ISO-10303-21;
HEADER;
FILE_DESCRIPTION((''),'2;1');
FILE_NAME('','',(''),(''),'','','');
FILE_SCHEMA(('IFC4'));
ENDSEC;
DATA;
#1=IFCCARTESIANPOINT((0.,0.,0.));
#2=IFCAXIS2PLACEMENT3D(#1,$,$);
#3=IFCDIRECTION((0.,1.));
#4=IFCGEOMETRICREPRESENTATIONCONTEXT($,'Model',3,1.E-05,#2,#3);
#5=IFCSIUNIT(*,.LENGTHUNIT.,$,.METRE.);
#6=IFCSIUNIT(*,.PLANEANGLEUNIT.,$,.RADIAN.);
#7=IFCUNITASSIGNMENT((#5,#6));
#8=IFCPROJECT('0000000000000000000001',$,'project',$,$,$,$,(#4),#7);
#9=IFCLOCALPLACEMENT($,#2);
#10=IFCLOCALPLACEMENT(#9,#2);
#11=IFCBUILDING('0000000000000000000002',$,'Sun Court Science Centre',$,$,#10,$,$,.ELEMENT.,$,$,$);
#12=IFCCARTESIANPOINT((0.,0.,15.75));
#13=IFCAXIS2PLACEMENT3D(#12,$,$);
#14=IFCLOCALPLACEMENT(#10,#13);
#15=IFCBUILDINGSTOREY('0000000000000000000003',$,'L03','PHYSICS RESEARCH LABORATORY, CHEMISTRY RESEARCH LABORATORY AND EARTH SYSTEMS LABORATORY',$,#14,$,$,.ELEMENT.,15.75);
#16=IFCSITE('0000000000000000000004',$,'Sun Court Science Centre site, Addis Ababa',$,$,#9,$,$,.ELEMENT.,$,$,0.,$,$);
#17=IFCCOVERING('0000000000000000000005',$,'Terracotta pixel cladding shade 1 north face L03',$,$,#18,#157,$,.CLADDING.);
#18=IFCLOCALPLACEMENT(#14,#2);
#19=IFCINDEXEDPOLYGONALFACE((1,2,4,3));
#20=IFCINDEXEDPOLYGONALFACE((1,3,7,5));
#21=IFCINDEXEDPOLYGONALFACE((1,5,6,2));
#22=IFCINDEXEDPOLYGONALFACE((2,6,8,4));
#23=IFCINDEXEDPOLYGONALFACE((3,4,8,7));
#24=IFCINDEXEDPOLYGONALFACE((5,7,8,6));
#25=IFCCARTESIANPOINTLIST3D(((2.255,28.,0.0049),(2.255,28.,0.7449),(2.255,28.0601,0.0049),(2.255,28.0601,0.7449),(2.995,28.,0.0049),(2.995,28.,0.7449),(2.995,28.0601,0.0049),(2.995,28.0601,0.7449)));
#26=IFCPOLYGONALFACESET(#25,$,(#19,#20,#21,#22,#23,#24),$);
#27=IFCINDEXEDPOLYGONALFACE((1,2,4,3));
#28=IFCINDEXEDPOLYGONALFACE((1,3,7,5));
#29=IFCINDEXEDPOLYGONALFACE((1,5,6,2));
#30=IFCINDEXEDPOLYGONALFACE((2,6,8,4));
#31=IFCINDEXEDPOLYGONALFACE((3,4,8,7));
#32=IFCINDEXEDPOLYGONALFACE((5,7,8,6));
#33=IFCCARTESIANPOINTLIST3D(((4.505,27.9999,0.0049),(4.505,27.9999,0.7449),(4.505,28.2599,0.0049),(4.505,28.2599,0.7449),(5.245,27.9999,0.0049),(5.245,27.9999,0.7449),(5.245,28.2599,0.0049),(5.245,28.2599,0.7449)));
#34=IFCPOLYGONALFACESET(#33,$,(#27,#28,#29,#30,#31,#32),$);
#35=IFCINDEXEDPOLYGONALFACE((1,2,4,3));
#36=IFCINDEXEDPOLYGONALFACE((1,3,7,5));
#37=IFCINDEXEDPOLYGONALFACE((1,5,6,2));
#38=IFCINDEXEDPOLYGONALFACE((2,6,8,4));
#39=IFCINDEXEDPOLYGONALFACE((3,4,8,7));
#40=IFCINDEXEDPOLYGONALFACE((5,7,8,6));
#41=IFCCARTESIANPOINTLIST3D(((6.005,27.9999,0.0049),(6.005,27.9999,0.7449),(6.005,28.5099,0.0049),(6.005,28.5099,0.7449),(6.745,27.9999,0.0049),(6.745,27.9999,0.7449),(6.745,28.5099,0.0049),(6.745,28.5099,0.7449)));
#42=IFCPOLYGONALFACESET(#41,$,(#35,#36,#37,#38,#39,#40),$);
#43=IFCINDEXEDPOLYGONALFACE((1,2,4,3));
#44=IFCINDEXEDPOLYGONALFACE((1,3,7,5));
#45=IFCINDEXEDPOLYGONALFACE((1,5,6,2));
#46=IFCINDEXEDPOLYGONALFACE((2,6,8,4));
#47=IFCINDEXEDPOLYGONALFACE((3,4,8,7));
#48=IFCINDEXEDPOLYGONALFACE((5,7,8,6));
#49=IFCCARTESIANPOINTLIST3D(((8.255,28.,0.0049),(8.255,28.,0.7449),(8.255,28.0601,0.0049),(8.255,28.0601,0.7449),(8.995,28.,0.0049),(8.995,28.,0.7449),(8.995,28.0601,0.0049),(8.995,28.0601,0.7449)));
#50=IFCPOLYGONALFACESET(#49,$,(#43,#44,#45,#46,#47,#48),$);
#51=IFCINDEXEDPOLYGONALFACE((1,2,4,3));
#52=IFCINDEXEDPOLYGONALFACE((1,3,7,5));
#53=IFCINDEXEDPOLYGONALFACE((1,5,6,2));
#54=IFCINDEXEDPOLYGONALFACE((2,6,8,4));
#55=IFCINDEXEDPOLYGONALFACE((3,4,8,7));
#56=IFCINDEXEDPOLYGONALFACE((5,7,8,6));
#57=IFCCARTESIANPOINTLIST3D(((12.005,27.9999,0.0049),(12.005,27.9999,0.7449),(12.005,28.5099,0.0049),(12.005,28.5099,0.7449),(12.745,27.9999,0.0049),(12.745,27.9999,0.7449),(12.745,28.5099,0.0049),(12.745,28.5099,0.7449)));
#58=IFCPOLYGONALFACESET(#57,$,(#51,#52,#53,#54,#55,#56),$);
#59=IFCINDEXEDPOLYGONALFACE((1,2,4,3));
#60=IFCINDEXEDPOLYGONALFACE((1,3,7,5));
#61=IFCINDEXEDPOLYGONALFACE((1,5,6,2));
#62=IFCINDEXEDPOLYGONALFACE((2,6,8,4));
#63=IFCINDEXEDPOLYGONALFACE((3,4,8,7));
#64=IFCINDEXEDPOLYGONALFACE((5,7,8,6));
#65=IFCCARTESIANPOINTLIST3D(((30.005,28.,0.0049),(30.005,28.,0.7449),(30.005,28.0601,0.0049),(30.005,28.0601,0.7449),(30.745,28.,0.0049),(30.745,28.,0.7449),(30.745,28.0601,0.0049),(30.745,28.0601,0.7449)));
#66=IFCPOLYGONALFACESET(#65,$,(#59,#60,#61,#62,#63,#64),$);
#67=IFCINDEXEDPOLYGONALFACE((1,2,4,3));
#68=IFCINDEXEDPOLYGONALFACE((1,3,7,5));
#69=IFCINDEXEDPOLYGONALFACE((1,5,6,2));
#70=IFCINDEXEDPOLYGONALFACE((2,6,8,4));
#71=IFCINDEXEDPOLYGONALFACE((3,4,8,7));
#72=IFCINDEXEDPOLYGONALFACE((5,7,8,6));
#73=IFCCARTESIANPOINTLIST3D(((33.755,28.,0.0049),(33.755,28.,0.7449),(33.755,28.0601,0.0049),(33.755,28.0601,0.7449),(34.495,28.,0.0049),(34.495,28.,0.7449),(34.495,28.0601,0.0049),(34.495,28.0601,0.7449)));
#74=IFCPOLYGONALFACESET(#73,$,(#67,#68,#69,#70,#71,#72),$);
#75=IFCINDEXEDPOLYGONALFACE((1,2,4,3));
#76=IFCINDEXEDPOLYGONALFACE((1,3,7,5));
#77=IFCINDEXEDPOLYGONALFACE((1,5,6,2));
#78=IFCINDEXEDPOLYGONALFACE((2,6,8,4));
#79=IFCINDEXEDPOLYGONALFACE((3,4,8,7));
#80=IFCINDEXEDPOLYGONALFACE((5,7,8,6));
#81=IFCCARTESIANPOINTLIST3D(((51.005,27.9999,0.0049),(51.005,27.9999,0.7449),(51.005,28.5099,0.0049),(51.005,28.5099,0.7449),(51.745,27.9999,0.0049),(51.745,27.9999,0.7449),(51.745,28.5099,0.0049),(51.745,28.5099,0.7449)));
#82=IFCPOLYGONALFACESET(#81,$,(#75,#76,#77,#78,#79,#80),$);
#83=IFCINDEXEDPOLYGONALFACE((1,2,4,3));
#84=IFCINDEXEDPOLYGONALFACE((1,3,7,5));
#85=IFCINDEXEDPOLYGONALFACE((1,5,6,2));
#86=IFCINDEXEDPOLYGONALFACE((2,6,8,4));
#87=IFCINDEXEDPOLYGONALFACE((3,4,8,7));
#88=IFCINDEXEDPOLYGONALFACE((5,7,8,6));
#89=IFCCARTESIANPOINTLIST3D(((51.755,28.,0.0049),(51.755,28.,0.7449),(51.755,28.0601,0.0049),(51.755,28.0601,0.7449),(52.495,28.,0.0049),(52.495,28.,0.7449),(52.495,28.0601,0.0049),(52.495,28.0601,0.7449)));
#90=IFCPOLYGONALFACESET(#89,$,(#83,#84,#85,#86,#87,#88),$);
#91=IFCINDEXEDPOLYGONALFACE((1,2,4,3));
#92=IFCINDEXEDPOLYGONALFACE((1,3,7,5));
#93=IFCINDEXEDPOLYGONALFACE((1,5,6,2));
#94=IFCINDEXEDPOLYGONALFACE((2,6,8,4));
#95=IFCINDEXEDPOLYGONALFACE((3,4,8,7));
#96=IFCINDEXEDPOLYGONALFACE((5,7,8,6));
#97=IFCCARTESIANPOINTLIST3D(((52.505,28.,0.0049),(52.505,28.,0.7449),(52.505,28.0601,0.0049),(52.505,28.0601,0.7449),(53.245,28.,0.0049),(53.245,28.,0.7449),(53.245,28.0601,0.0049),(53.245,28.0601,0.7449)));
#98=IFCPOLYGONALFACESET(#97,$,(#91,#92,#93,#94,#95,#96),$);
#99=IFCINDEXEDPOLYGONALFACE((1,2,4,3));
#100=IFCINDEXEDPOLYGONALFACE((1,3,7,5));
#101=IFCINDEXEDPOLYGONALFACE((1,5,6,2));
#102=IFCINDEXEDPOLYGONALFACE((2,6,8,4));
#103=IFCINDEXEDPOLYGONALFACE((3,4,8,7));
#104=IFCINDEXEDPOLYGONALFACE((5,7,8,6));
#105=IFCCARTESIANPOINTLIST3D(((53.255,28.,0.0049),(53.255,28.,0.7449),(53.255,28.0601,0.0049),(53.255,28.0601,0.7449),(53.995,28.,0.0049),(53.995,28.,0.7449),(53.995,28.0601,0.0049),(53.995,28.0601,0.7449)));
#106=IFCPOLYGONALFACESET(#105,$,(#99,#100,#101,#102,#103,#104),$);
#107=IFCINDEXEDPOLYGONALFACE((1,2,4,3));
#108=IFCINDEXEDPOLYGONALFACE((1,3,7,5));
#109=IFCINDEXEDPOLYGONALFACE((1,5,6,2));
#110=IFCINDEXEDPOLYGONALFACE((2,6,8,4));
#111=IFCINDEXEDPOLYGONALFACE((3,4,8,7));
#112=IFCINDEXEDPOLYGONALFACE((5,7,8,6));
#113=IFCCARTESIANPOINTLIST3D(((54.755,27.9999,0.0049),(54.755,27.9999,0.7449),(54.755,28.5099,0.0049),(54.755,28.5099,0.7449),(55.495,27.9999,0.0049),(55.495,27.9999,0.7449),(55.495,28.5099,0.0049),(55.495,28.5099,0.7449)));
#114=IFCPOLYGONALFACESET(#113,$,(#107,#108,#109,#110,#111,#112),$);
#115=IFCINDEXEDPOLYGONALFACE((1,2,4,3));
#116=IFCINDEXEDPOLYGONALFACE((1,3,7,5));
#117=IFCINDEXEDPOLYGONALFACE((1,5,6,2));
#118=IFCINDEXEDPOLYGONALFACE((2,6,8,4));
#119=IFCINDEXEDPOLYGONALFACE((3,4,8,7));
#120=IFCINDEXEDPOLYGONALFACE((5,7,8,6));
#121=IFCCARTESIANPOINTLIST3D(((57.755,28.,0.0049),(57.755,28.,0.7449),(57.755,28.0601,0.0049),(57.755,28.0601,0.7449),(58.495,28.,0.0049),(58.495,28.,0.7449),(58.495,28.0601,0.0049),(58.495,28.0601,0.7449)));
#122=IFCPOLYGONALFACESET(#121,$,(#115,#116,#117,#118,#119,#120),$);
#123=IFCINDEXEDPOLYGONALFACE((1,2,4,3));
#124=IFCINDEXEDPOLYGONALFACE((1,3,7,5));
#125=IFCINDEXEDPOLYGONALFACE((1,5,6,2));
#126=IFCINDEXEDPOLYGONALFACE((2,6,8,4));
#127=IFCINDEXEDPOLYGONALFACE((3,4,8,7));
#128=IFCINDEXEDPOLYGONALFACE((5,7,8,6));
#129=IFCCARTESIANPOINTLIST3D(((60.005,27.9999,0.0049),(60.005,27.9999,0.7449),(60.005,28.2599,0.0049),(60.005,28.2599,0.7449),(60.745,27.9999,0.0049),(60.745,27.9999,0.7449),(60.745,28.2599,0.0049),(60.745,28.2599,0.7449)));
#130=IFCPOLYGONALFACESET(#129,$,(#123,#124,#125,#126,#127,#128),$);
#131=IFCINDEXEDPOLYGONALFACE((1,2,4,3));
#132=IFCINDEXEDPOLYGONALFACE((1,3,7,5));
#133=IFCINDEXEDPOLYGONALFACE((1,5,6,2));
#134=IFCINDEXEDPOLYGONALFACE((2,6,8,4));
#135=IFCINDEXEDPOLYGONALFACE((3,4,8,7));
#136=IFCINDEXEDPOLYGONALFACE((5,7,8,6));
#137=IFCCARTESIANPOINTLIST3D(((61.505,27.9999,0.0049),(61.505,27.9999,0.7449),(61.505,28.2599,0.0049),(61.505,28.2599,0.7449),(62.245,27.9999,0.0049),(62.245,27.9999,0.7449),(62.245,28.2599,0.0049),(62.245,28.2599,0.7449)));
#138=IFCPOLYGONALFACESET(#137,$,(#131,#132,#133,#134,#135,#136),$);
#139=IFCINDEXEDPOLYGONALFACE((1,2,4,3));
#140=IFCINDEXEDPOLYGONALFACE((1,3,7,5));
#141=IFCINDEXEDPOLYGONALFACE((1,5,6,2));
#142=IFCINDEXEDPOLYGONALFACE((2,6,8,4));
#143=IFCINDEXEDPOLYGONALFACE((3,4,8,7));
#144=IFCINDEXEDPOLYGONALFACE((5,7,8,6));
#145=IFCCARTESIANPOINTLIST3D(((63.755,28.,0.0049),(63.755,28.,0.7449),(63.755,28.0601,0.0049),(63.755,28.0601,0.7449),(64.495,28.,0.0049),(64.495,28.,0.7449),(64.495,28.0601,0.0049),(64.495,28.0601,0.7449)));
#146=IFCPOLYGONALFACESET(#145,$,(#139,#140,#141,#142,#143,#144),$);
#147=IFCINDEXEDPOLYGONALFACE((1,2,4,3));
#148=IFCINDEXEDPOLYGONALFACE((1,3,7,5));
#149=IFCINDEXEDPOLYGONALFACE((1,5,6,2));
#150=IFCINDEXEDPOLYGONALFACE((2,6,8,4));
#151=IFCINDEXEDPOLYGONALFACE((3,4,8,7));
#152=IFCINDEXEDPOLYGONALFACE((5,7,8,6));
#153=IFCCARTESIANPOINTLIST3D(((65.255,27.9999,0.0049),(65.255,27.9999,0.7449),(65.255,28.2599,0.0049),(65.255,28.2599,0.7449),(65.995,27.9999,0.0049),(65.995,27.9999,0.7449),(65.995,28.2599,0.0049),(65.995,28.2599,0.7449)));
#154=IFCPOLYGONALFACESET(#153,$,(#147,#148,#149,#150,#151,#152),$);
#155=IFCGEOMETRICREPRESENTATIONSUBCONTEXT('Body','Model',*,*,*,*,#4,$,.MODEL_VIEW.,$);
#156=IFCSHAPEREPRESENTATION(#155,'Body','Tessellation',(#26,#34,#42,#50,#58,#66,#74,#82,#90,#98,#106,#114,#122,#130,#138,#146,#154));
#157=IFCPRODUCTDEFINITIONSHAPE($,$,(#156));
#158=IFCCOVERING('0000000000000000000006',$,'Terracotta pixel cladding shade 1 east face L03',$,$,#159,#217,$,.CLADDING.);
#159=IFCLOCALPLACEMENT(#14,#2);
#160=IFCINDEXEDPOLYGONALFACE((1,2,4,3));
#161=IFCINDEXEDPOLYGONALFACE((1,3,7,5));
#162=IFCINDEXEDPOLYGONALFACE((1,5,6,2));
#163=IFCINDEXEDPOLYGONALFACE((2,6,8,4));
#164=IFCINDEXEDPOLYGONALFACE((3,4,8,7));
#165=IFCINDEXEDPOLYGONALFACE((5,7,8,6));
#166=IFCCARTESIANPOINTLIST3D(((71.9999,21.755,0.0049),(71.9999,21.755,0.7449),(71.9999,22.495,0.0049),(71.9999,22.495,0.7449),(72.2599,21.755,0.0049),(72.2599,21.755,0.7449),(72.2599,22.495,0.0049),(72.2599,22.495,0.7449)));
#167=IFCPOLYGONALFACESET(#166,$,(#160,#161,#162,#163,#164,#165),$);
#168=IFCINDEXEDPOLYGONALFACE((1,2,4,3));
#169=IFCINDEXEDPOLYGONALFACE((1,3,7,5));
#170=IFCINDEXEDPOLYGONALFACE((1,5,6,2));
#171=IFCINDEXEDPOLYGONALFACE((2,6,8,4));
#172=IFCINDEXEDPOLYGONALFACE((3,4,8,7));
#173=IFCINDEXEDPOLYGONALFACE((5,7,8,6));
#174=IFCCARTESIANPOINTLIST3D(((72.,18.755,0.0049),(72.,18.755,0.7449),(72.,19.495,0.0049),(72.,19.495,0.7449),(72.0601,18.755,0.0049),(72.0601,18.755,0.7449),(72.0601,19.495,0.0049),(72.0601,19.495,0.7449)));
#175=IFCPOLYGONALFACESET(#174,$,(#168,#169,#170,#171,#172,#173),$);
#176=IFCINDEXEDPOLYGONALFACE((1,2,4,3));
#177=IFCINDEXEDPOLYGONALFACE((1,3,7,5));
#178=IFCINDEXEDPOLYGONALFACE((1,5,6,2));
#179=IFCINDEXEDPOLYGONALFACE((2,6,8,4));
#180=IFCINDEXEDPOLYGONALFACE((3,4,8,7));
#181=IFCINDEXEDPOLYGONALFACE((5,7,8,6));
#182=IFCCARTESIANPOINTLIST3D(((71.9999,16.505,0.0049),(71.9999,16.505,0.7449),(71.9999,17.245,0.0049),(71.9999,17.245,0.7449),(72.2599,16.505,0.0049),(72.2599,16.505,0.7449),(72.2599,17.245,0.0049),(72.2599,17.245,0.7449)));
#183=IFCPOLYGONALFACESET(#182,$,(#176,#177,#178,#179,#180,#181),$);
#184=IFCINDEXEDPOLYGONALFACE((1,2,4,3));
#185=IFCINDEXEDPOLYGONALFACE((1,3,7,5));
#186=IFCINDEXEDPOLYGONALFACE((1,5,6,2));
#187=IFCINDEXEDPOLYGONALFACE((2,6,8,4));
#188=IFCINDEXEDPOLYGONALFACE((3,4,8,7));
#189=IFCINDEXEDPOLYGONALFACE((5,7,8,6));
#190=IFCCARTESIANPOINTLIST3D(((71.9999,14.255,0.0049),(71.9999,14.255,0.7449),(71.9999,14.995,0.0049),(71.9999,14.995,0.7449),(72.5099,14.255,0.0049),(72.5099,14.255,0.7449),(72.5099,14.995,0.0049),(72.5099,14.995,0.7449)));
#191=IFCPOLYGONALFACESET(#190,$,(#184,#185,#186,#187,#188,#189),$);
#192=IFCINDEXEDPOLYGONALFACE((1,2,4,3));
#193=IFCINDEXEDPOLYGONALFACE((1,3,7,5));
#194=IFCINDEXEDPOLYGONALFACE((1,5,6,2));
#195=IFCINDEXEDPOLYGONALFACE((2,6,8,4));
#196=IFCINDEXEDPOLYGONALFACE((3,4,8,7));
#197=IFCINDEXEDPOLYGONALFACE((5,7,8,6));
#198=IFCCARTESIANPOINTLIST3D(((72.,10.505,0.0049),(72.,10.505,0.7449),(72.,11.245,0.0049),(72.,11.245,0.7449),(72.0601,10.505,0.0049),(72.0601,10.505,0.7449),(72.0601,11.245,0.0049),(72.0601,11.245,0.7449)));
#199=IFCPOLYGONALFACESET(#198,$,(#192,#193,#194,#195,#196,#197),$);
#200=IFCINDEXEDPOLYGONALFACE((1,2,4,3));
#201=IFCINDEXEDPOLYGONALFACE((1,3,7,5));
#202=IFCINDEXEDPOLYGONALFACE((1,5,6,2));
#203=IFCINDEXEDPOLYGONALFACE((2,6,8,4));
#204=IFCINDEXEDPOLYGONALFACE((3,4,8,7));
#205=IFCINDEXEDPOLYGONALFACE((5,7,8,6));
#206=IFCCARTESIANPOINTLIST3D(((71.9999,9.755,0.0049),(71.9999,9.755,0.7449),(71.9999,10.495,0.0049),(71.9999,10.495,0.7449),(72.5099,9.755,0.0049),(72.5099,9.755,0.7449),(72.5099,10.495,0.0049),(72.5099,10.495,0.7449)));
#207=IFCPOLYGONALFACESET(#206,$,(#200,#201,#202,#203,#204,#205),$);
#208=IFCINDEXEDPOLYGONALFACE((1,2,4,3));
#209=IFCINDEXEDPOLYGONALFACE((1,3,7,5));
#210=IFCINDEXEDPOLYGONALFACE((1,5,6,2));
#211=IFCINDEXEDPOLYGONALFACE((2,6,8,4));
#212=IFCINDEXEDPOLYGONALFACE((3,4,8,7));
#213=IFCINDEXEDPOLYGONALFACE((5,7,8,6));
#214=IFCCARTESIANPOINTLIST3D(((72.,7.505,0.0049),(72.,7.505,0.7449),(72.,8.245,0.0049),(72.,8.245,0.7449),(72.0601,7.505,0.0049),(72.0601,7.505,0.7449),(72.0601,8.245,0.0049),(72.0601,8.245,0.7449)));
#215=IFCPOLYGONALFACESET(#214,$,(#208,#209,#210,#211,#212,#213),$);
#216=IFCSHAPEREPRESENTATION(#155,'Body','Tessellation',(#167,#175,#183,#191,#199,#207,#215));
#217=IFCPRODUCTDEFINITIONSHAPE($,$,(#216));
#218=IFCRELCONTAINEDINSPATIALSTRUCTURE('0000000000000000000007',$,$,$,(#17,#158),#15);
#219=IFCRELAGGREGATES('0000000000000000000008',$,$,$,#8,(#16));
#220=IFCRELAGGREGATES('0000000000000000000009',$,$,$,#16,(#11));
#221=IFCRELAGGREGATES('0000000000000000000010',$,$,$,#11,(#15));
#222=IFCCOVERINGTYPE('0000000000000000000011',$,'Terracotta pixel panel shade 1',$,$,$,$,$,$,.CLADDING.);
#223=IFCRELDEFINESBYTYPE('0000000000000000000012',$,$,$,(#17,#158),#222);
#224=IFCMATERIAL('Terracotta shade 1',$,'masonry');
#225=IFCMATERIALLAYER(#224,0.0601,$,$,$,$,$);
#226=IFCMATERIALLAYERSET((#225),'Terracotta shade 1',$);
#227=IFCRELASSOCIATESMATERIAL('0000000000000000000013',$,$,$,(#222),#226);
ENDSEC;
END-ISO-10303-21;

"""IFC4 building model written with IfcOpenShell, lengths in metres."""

from ifc_helpers import new_model, si_unit, direction, frame, origin, origin_2d, place, context, subcontext, project, spatial, rectangle, extrude, material, layer, layer_set, type_object, element, save


model = new_model("IFC4")

# Units and contexts
model_context = context("Model", 3, precision=1e-05, world=origin(), true_north=direction((0.0, 1.0)))
body_context = subcontext(model_context, "Body", "Model", "MODEL_VIEW")
ifc_project = project(units=[si_unit("LENGTHUNIT", "METRE"), si_unit("PLANEANGLEUNIT", "RADIAN")], contexts=[model_context])

# Site, building, storey
site_placement = place(None, origin())
site = spatial("IfcSite", under=ifc_project, at=site_placement, Name="Sun Court Science Centre site, Addis Ababa", CompositionType="ELEMENT", RefElevation=0.0)
building_placement = place(site_placement, origin())
building = spatial("IfcBuilding", under=site, at=building_placement, Name="Sun Court Science Centre", CompositionType="ELEMENT")
storey_placement = place(building_placement, frame((0.0, 0.0, 15.75)))
storey = spatial("IfcBuildingStorey", under=building, at=storey_placement, Name="L03", Description="PHYSICS RESEARCH LABORATORY, CHEMISTRY RESEARCH LABORATORY AND EARTH SYSTEMS LABORATORY", CompositionType="ELEMENT", Elevation=15.75)

# Coverings
ifc_material_1 = material(Name="Terracotta shade 1", Category="masonry")
ifc_layer_1 = layer(ifc_material_1, 0.0601)
ifc_layer_set_1 = layer_set([ifc_layer_1], Name="Terracotta shade 1")
covering_type_1 = type_object("IfcCoveringType", Name="Terracotta pixel panel shade 1", PredefinedType="CLADDING", material=ifc_layer_set_1)
covering_1_placement = place(storey_placement, frame((0.0, 0.0, -15.75)))
element("IfcCovering", 1, at=covering_1_placement, inside=storey, type_object=covering_type_1, Name="Terracotta pixel cladding shade 1 north face L03", PredefinedType="CLADDING", context=body_context, shape_type="SweptSolid", body=[
    extrude(rectangle(XDim=0.74, YDim=0.0601, at=origin_2d()), frame((2.625, 28.03, 15.7549), z_axis=(0.0, 0.0, 1.0), x_axis=(1.0, 0.0, 0.0)), (0.0, 0.0, 1.0), 0.74),
    extrude(rectangle(XDim=0.74, YDim=0.26, at=origin_2d()), frame((4.875, 28.1299, 15.7549), z_axis=(0.0, 0.0, 1.0), x_axis=(1.0, 0.0, 0.0)), (0.0, 0.0, 1.0), 0.74),
    extrude(rectangle(XDim=0.74, YDim=0.51, at=origin_2d()), frame((6.375, 28.2549, 15.7549), z_axis=(0.0, 0.0, 1.0), x_axis=(1.0, 0.0, 0.0)), (0.0, 0.0, 1.0), 0.74),
    extrude(rectangle(XDim=0.74, YDim=0.0601, at=origin_2d()), frame((8.625, 28.03, 15.7549), z_axis=(0.0, 0.0, 1.0), x_axis=(1.0, 0.0, 0.0)), (0.0, 0.0, 1.0), 0.74),
    extrude(rectangle(XDim=0.74, YDim=0.51, at=origin_2d()), frame((12.375, 28.2549, 15.7549), z_axis=(0.0, 0.0, 1.0), x_axis=(1.0, 0.0, 0.0)), (0.0, 0.0, 1.0), 0.74),
    extrude(rectangle(XDim=0.74, YDim=0.0601, at=origin_2d()), frame((30.375, 28.03, 15.7549), z_axis=(0.0, 0.0, 1.0), x_axis=(1.0, 0.0, 0.0)), (0.0, 0.0, 1.0), 0.74),
    extrude(rectangle(XDim=0.74, YDim=0.0601, at=origin_2d()), frame((34.125, 28.03, 15.7549), z_axis=(0.0, 0.0, 1.0), x_axis=(1.0, 0.0, 0.0)), (0.0, 0.0, 1.0), 0.74),
    extrude(rectangle(XDim=0.74, YDim=0.51, at=origin_2d()), frame((51.375, 28.2549, 15.7549), z_axis=(0.0, 0.0, 1.0), x_axis=(1.0, 0.0, 0.0)), (0.0, 0.0, 1.0), 0.74),
    extrude(rectangle(XDim=0.74, YDim=0.0601, at=origin_2d()), frame((52.125, 28.03, 15.7549), z_axis=(0.0, 0.0, 1.0), x_axis=(1.0, 0.0, 0.0)), (0.0, 0.0, 1.0), 0.74),
    extrude(rectangle(XDim=0.74, YDim=0.0601, at=origin_2d()), frame((52.875, 28.03, 15.7549), z_axis=(0.0, 0.0, 1.0), x_axis=(1.0, 0.0, 0.0)), (0.0, 0.0, 1.0), 0.74),
    extrude(rectangle(XDim=0.74, YDim=0.0601, at=origin_2d()), frame((53.625, 28.03, 15.7549), z_axis=(0.0, 0.0, 1.0), x_axis=(1.0, 0.0, 0.0)), (0.0, 0.0, 1.0), 0.74),
    extrude(rectangle(XDim=0.74, YDim=0.51, at=origin_2d()), frame((55.125, 28.2549, 15.7549), z_axis=(0.0, 0.0, 1.0), x_axis=(1.0, 0.0, 0.0)), (0.0, 0.0, 1.0), 0.74),
    extrude(rectangle(XDim=0.74, YDim=0.0601, at=origin_2d()), frame((58.125, 28.03, 15.7549), z_axis=(0.0, 0.0, 1.0), x_axis=(1.0, 0.0, 0.0)), (0.0, 0.0, 1.0), 0.74),
    extrude(rectangle(XDim=0.74, YDim=0.26, at=origin_2d()), frame((60.375, 28.1299, 15.7549), z_axis=(0.0, 0.0, 1.0), x_axis=(1.0, 0.0, 0.0)), (0.0, 0.0, 1.0), 0.74),
    extrude(rectangle(XDim=0.74, YDim=0.26, at=origin_2d()), frame((61.875, 28.1299, 15.7549), z_axis=(0.0, 0.0, 1.0), x_axis=(1.0, 0.0, 0.0)), (0.0, 0.0, 1.0), 0.74),
    extrude(rectangle(XDim=0.74, YDim=0.0601, at=origin_2d()), frame((64.125, 28.03, 15.7549), z_axis=(0.0, 0.0, 1.0), x_axis=(1.0, 0.0, 0.0)), (0.0, 0.0, 1.0), 0.74),
    extrude(rectangle(XDim=0.74, YDim=0.26, at=origin_2d()), frame((65.625, 28.1299, 15.7549), z_axis=(0.0, 0.0, 1.0), x_axis=(1.0, 0.0, 0.0)), (0.0, 0.0, 1.0), 0.74),
])
covering_2_placement = place(storey_placement, frame((0.0, 0.0, -15.75)))
element("IfcCovering", 2, at=covering_2_placement, inside=storey, type_object=covering_type_1, Name="Terracotta pixel cladding shade 1 east face L03", PredefinedType="CLADDING", context=body_context, shape_type="SweptSolid", body=[
    extrude(rectangle(XDim=0.74, YDim=0.26, at=origin_2d()), frame((72.1299, 22.125, 15.7549), z_axis=(0.0, 0.0, 1.0), x_axis=(0.0, -1.0, 0.0)), (0.0, 0.0, 1.0), 0.74),
    extrude(rectangle(XDim=0.74, YDim=0.0601, at=origin_2d()), frame((72.03, 19.125, 15.7549), z_axis=(0.0, 0.0, 1.0), x_axis=(0.0, -1.0, 0.0)), (0.0, 0.0, 1.0), 0.74),
    extrude(rectangle(XDim=0.74, YDim=0.26, at=origin_2d()), frame((72.1299, 16.875, 15.7549), z_axis=(0.0, 0.0, 1.0), x_axis=(0.0, -1.0, 0.0)), (0.0, 0.0, 1.0), 0.74),
    extrude(rectangle(XDim=0.74, YDim=0.51, at=origin_2d()), frame((72.2549, 14.625, 15.7549), z_axis=(0.0, 0.0, 1.0), x_axis=(0.0, -1.0, 0.0)), (0.0, 0.0, 1.0), 0.74),
    extrude(rectangle(XDim=0.74, YDim=0.0601, at=origin_2d()), frame((72.03, 10.875, 15.7549), z_axis=(0.0, 0.0, 1.0), x_axis=(0.0, -1.0, 0.0)), (0.0, 0.0, 1.0), 0.74),
    extrude(rectangle(XDim=0.74, YDim=0.51, at=origin_2d()), frame((72.2549, 10.125, 15.7549), z_axis=(0.0, 0.0, 1.0), x_axis=(0.0, -1.0, 0.0)), (0.0, 0.0, 1.0), 0.74),
    extrude(rectangle(XDim=0.74, YDim=0.0601, at=origin_2d()), frame((72.03, 7.875, 15.7549), z_axis=(0.0, 0.0, 1.0), x_axis=(0.0, -1.0, 0.0)), (0.0, 0.0, 1.0), 0.74),
])

save(model, "model.ifc")
